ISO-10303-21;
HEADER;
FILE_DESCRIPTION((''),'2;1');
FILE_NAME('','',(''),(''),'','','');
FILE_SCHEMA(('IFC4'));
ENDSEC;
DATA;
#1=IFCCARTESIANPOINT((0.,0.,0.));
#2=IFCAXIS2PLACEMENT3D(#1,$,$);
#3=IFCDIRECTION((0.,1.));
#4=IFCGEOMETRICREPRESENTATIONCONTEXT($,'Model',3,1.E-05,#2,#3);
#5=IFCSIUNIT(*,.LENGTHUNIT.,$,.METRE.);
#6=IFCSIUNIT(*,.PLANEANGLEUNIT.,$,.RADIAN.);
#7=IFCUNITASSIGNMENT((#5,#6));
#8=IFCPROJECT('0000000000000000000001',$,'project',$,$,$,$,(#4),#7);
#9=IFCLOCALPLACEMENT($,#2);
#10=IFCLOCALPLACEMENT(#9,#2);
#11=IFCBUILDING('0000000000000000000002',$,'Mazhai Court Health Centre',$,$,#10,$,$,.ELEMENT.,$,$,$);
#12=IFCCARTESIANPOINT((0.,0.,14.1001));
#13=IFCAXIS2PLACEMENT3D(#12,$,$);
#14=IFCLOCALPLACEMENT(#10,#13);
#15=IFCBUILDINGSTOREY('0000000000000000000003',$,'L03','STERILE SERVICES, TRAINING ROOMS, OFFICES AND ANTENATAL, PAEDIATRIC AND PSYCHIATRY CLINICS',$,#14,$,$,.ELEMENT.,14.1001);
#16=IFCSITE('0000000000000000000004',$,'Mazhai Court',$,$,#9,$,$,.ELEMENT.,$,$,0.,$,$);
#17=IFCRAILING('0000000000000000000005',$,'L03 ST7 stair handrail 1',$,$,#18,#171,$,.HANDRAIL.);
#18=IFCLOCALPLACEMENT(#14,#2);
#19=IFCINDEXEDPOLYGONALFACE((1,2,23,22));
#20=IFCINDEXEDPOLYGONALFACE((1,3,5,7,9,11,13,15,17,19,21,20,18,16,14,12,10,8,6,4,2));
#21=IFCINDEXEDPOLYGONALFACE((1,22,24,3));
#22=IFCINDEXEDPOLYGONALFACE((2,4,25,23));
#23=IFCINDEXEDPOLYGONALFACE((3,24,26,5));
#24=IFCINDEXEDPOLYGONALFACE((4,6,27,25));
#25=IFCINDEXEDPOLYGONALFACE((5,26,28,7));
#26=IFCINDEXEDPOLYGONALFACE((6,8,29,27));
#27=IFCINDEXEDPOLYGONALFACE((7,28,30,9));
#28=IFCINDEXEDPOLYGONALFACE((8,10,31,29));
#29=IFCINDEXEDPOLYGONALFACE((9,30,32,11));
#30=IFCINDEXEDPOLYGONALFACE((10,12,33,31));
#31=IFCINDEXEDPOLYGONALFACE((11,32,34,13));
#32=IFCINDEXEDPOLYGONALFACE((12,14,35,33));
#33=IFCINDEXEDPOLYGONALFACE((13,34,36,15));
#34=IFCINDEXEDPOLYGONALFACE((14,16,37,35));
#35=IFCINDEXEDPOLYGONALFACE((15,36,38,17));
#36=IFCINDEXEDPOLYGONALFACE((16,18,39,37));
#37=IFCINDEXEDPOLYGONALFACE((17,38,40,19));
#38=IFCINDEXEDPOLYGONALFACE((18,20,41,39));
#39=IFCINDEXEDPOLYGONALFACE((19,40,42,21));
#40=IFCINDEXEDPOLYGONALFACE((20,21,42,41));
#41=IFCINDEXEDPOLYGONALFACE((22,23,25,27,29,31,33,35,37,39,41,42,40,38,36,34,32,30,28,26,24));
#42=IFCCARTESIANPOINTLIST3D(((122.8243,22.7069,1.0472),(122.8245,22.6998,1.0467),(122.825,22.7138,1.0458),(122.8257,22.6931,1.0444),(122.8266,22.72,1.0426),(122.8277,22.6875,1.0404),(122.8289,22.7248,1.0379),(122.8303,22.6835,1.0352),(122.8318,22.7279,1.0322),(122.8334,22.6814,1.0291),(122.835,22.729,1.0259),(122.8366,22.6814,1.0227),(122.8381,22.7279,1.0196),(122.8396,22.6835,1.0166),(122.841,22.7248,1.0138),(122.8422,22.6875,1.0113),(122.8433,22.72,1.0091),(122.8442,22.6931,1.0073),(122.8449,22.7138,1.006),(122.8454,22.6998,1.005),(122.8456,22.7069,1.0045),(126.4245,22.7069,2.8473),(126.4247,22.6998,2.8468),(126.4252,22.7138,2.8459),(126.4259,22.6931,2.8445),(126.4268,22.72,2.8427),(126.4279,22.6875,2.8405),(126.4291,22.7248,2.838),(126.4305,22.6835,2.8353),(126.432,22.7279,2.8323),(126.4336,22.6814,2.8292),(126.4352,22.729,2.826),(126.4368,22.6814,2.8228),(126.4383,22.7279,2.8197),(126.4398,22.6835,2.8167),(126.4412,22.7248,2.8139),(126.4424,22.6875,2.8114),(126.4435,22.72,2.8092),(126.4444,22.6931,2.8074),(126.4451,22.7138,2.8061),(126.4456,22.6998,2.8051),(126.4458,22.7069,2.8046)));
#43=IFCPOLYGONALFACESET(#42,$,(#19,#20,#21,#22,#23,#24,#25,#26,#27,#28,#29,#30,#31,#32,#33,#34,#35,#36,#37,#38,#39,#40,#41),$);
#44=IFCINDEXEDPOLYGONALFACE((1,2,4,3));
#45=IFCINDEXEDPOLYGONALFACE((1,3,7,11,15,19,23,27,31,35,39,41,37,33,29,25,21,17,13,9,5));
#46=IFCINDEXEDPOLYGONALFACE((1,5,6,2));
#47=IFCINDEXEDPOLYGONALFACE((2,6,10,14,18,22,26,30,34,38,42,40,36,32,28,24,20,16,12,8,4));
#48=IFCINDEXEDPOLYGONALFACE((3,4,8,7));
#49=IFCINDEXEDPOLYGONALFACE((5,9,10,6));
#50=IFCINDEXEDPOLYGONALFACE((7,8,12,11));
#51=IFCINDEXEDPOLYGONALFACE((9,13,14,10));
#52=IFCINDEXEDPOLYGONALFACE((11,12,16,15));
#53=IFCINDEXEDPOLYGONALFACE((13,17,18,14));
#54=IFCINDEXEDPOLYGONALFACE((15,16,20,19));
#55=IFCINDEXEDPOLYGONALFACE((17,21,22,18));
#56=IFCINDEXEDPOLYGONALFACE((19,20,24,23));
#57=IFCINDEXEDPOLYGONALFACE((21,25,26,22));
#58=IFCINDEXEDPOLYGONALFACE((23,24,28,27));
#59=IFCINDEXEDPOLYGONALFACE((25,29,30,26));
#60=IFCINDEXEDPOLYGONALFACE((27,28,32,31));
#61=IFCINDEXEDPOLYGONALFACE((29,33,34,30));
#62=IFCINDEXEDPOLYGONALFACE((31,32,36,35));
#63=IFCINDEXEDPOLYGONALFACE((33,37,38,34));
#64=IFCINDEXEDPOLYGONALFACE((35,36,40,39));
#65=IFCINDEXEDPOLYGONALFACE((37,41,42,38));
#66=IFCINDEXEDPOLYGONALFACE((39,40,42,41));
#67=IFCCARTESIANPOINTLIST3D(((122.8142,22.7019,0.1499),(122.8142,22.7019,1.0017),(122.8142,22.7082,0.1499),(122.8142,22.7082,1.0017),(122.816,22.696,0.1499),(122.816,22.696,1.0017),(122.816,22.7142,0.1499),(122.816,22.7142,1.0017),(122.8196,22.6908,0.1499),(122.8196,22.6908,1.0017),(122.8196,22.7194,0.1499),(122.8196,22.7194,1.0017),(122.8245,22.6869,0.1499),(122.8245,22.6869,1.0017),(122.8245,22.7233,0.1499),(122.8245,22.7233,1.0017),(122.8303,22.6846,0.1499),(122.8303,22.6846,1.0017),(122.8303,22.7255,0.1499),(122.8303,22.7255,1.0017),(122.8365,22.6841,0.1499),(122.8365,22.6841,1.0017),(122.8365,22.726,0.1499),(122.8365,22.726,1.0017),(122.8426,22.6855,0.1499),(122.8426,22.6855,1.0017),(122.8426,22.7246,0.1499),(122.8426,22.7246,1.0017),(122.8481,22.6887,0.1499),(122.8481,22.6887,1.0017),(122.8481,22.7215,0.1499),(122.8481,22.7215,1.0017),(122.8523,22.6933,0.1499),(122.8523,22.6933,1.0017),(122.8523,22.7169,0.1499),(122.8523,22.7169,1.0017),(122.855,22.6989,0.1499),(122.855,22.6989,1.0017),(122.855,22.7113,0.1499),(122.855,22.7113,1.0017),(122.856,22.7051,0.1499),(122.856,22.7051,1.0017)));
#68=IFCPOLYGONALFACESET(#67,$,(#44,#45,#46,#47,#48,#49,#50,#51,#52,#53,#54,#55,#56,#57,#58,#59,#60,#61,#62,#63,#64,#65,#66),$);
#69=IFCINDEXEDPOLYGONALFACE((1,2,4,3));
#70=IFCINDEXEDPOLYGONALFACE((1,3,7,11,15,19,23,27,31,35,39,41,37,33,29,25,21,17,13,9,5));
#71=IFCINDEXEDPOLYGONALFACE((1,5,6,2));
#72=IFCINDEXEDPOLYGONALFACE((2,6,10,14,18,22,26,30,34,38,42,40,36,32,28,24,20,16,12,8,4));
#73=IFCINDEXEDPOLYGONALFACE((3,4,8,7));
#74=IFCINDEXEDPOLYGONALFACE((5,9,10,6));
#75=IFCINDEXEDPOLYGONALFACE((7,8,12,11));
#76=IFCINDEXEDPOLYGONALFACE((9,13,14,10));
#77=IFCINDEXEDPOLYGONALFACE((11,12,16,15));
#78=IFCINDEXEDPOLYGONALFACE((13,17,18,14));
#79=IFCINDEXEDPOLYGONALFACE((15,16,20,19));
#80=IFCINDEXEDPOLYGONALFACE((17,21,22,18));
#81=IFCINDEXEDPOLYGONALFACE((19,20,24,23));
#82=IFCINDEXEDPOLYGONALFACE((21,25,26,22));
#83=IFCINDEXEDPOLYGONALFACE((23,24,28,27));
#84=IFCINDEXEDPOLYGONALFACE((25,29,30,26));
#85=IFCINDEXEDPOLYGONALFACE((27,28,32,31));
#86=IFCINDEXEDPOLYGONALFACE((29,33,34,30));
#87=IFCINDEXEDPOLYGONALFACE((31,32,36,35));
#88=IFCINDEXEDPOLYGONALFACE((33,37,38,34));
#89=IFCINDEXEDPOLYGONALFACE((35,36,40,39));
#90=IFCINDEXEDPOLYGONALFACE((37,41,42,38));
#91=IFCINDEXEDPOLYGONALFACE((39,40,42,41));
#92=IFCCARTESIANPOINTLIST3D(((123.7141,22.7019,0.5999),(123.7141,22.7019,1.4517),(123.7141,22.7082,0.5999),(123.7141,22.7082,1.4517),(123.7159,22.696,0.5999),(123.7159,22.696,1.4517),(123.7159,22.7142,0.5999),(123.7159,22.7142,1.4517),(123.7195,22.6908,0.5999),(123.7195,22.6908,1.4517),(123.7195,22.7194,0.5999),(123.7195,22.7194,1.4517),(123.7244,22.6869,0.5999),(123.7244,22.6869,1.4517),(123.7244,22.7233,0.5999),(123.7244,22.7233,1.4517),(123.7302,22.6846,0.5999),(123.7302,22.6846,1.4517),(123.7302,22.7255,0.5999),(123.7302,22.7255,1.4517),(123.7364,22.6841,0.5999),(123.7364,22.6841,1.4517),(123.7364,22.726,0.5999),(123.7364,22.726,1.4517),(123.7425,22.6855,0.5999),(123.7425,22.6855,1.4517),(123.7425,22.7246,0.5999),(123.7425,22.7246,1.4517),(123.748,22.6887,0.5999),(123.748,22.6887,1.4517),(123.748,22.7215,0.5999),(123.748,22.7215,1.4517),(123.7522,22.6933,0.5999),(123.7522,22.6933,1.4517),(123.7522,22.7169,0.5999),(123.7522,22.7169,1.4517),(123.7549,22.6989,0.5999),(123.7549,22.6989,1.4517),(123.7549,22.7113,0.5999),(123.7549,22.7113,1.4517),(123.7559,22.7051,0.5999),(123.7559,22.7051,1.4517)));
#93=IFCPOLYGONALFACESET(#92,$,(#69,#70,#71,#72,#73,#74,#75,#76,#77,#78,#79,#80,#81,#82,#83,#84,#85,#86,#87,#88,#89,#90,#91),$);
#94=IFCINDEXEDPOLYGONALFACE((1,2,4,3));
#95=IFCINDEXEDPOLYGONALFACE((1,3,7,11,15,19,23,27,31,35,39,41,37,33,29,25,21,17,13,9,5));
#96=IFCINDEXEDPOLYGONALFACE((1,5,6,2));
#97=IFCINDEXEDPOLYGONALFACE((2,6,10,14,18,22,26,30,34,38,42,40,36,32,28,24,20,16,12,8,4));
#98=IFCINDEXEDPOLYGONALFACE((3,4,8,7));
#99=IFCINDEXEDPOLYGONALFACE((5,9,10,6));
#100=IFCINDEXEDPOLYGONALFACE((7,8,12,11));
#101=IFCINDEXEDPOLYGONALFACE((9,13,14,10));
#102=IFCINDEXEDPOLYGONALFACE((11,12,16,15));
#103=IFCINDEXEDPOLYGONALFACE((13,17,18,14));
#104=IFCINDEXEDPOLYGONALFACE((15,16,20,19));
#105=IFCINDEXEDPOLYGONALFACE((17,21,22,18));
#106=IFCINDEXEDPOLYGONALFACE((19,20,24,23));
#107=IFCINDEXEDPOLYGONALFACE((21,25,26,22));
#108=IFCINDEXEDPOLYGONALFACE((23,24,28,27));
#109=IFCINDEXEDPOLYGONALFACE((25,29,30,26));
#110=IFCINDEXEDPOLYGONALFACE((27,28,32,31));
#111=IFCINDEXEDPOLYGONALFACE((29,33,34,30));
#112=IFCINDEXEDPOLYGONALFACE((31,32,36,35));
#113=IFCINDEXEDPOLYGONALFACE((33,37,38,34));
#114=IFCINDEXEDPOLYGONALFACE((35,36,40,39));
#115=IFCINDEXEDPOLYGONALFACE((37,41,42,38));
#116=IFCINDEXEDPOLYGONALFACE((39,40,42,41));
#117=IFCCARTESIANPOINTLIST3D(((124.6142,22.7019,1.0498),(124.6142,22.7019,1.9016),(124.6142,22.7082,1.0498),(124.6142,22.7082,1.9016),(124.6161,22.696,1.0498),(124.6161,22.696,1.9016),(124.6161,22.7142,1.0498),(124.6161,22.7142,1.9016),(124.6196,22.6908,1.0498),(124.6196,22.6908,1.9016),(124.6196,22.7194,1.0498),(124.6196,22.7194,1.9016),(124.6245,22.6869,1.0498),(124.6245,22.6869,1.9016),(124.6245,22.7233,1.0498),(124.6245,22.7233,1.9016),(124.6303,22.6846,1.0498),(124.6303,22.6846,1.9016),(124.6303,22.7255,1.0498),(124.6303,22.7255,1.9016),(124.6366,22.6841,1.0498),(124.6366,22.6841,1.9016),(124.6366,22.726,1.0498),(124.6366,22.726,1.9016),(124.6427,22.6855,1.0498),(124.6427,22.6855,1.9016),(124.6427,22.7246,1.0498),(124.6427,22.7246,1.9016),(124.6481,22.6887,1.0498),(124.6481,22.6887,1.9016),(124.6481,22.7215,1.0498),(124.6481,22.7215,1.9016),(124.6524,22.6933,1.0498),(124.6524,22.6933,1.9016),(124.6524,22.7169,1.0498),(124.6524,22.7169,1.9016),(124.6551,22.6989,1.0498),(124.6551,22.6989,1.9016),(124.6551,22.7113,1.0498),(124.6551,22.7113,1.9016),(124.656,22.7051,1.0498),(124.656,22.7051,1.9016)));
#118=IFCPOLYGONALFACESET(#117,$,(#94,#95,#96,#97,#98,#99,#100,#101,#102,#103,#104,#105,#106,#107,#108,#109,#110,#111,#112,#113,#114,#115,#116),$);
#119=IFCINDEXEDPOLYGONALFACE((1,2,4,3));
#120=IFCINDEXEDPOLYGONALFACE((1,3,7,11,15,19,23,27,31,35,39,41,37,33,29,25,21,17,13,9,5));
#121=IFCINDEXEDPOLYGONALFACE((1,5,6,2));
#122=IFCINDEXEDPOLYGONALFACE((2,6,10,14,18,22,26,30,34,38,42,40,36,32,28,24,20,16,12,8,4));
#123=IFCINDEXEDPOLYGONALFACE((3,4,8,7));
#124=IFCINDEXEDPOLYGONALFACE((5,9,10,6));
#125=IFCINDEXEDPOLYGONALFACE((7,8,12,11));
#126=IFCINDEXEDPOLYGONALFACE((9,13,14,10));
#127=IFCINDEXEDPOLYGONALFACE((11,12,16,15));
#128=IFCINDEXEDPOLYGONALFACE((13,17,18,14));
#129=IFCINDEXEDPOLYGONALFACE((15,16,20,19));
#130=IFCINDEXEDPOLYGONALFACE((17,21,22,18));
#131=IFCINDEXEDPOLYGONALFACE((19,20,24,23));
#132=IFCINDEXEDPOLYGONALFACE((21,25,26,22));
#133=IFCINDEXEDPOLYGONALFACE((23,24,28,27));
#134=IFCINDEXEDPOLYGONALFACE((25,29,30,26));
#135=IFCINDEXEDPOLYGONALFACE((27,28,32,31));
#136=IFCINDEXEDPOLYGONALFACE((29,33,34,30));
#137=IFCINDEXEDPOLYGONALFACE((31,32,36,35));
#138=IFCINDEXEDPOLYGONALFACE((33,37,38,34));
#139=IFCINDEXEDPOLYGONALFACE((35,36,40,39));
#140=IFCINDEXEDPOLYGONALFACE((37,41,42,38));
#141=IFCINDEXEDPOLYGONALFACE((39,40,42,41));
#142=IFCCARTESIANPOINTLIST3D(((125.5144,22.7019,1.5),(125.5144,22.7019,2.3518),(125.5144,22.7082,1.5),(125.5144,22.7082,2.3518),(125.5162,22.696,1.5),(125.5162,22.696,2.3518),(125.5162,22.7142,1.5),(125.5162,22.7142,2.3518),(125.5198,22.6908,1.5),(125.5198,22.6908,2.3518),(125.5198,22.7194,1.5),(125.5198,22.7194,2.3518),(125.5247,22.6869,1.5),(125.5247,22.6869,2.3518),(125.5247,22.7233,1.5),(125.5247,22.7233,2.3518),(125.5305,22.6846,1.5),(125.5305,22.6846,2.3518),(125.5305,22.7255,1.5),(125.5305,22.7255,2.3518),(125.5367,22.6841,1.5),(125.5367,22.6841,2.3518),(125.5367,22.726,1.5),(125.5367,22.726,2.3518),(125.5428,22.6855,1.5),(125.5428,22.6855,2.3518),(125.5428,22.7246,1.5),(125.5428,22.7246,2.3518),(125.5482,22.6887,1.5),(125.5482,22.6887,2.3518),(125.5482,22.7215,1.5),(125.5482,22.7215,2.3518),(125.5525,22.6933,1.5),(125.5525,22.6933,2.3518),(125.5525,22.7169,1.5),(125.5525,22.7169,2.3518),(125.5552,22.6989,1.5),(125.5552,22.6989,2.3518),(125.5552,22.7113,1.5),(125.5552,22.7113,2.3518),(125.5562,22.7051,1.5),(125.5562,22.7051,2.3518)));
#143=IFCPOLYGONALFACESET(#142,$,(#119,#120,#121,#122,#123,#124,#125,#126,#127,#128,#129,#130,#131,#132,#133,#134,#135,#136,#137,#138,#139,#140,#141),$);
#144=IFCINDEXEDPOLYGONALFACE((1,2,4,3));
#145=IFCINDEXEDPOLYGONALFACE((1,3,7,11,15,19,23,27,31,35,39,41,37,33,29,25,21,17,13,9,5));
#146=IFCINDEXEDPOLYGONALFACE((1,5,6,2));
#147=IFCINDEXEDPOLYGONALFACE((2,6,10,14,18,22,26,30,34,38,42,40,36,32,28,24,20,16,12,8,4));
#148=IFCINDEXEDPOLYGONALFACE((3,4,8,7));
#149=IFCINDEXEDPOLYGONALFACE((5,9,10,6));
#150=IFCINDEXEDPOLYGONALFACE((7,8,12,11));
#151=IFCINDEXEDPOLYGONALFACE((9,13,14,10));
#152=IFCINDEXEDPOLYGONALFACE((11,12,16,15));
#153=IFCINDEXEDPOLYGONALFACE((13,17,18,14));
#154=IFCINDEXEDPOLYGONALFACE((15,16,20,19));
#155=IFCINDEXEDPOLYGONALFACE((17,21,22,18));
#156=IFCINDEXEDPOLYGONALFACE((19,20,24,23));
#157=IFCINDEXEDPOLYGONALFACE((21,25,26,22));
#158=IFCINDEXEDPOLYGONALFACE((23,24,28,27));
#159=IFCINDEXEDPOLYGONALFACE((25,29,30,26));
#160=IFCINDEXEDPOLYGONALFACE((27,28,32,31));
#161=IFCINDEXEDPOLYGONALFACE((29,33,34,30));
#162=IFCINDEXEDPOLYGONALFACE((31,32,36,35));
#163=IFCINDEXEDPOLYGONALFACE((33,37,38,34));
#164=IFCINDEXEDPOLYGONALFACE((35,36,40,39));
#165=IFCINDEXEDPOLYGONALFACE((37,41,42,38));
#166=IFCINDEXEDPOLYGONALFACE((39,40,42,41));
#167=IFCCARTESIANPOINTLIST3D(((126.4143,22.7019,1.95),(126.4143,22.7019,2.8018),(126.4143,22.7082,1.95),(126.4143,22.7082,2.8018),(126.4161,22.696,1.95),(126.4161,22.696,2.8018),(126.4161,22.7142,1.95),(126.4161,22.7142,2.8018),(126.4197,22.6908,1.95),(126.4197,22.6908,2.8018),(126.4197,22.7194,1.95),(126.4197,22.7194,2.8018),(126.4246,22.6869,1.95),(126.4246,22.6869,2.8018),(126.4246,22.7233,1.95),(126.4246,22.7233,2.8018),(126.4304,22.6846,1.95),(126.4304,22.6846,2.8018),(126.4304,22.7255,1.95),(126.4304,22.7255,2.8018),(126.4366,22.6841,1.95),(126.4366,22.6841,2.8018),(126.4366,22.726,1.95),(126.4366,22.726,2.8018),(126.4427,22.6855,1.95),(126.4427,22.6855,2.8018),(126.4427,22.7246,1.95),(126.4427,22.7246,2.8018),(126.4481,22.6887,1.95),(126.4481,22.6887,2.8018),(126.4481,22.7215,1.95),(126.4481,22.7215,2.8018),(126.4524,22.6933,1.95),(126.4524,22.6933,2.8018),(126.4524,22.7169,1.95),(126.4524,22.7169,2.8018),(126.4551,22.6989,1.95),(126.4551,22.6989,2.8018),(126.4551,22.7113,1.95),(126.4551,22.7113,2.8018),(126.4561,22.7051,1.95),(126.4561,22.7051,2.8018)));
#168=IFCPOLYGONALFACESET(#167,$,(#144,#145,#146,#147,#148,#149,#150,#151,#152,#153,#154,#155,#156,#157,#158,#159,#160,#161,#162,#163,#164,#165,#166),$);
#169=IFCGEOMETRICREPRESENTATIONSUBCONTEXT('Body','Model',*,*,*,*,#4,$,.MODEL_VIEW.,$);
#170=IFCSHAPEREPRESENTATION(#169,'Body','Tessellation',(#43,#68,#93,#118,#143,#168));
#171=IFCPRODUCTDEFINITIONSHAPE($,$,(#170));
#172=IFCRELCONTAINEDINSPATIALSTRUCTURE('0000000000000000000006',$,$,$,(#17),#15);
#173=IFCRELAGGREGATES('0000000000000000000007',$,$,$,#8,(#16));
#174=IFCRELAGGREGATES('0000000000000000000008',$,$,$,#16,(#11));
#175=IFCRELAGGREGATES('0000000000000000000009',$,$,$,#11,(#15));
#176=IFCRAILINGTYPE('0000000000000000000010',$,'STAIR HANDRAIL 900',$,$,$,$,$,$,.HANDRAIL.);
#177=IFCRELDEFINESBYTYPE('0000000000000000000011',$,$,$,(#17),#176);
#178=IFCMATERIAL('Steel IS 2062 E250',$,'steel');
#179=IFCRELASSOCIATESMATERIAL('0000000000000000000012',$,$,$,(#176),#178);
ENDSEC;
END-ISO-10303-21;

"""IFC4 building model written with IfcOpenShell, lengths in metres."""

from ifc_helpers import new_model, si_unit, direction, frame, origin, origin_2d, place, context, subcontext, project, spatial, circle, extrude, material, type_object, element, save


model = new_model("IFC4")

# Units and contexts
model_context = context("Model", 3, precision=1e-05, world=origin(), true_north=direction((0.0, 1.0)))
body_context = subcontext(model_context, "Body", "Model", "MODEL_VIEW")
ifc_project = project(units=[si_unit("LENGTHUNIT", "METRE"), si_unit("PLANEANGLEUNIT", "RADIAN")], contexts=[model_context])

# Site, building, storey
site_placement = place(None, origin())
site = spatial("IfcSite", under=ifc_project, at=site_placement, Name="Mazhai Court", CompositionType="ELEMENT", RefElevation=0.0)
building_placement = place(site_placement, origin())
building = spatial("IfcBuilding", under=site, at=building_placement, Name="Mazhai Court Health Centre", CompositionType="ELEMENT")
storey_placement = place(building_placement, frame((0.0, 0.0, 14.1001)))
storey = spatial("IfcBuildingStorey", under=building, at=storey_placement, Name="L03", Description="STERILE SERVICES, TRAINING ROOMS, OFFICES AND ANTENATAL, PAEDIATRIC AND PSYCHIATRY CLINICS", CompositionType="ELEMENT", Elevation=14.1001)

# Railing
ifc_material_1 = material(Name="Steel IS 2062 E250", Category="steel")
railing_type_1 = type_object("IfcRailingType", Name="STAIR HANDRAIL 900", PredefinedType="HANDRAIL", material=ifc_material_1)
railing_1_placement = place(storey_placement, frame((122.835, 22.7051, 0.1499)))
element("IfcRailing", 1, at=railing_1_placement, inside=storey, type_object=railing_type_1, Name="L03 ST7 stair handrail 1", PredefinedType="HANDRAIL", context=body_context, shape_type="SweptSolid", body=[
    extrude(circle(Radius=0.0239, at=origin_2d()), frame((0.0, 0.0, 0.876), z_axis=(0.894427, 0.0, 0.447214), x_axis=(0.0, 1.0, 0.0)), (0.0, 0.0, 1.0), 4.0251),
    extrude(circle(Radius=0.021, at=origin_2d()), origin(), (0.0, 0.0, 1.0), 0.8518),
    extrude(circle(Radius=0.021, at=origin_2d()), frame((0.8999, 0.0, 0.45)), (0.0, 0.0, 1.0), 0.8518),
    extrude(circle(Radius=0.021, at=origin_2d()), frame((1.8, 0.0, 0.8999)), (0.0, 0.0, 1.0), 0.8518),
    extrude(circle(Radius=0.021, at=origin_2d()), frame((2.7002, 0.0, 1.3501)), (0.0, 0.0, 1.0), 0.8518),
    extrude(circle(Radius=0.021, at=origin_2d()), frame((3.6001, 0.0, 1.8)), (0.0, 0.0, 1.0), 0.8518),
])

save(model, "model.ifc")
